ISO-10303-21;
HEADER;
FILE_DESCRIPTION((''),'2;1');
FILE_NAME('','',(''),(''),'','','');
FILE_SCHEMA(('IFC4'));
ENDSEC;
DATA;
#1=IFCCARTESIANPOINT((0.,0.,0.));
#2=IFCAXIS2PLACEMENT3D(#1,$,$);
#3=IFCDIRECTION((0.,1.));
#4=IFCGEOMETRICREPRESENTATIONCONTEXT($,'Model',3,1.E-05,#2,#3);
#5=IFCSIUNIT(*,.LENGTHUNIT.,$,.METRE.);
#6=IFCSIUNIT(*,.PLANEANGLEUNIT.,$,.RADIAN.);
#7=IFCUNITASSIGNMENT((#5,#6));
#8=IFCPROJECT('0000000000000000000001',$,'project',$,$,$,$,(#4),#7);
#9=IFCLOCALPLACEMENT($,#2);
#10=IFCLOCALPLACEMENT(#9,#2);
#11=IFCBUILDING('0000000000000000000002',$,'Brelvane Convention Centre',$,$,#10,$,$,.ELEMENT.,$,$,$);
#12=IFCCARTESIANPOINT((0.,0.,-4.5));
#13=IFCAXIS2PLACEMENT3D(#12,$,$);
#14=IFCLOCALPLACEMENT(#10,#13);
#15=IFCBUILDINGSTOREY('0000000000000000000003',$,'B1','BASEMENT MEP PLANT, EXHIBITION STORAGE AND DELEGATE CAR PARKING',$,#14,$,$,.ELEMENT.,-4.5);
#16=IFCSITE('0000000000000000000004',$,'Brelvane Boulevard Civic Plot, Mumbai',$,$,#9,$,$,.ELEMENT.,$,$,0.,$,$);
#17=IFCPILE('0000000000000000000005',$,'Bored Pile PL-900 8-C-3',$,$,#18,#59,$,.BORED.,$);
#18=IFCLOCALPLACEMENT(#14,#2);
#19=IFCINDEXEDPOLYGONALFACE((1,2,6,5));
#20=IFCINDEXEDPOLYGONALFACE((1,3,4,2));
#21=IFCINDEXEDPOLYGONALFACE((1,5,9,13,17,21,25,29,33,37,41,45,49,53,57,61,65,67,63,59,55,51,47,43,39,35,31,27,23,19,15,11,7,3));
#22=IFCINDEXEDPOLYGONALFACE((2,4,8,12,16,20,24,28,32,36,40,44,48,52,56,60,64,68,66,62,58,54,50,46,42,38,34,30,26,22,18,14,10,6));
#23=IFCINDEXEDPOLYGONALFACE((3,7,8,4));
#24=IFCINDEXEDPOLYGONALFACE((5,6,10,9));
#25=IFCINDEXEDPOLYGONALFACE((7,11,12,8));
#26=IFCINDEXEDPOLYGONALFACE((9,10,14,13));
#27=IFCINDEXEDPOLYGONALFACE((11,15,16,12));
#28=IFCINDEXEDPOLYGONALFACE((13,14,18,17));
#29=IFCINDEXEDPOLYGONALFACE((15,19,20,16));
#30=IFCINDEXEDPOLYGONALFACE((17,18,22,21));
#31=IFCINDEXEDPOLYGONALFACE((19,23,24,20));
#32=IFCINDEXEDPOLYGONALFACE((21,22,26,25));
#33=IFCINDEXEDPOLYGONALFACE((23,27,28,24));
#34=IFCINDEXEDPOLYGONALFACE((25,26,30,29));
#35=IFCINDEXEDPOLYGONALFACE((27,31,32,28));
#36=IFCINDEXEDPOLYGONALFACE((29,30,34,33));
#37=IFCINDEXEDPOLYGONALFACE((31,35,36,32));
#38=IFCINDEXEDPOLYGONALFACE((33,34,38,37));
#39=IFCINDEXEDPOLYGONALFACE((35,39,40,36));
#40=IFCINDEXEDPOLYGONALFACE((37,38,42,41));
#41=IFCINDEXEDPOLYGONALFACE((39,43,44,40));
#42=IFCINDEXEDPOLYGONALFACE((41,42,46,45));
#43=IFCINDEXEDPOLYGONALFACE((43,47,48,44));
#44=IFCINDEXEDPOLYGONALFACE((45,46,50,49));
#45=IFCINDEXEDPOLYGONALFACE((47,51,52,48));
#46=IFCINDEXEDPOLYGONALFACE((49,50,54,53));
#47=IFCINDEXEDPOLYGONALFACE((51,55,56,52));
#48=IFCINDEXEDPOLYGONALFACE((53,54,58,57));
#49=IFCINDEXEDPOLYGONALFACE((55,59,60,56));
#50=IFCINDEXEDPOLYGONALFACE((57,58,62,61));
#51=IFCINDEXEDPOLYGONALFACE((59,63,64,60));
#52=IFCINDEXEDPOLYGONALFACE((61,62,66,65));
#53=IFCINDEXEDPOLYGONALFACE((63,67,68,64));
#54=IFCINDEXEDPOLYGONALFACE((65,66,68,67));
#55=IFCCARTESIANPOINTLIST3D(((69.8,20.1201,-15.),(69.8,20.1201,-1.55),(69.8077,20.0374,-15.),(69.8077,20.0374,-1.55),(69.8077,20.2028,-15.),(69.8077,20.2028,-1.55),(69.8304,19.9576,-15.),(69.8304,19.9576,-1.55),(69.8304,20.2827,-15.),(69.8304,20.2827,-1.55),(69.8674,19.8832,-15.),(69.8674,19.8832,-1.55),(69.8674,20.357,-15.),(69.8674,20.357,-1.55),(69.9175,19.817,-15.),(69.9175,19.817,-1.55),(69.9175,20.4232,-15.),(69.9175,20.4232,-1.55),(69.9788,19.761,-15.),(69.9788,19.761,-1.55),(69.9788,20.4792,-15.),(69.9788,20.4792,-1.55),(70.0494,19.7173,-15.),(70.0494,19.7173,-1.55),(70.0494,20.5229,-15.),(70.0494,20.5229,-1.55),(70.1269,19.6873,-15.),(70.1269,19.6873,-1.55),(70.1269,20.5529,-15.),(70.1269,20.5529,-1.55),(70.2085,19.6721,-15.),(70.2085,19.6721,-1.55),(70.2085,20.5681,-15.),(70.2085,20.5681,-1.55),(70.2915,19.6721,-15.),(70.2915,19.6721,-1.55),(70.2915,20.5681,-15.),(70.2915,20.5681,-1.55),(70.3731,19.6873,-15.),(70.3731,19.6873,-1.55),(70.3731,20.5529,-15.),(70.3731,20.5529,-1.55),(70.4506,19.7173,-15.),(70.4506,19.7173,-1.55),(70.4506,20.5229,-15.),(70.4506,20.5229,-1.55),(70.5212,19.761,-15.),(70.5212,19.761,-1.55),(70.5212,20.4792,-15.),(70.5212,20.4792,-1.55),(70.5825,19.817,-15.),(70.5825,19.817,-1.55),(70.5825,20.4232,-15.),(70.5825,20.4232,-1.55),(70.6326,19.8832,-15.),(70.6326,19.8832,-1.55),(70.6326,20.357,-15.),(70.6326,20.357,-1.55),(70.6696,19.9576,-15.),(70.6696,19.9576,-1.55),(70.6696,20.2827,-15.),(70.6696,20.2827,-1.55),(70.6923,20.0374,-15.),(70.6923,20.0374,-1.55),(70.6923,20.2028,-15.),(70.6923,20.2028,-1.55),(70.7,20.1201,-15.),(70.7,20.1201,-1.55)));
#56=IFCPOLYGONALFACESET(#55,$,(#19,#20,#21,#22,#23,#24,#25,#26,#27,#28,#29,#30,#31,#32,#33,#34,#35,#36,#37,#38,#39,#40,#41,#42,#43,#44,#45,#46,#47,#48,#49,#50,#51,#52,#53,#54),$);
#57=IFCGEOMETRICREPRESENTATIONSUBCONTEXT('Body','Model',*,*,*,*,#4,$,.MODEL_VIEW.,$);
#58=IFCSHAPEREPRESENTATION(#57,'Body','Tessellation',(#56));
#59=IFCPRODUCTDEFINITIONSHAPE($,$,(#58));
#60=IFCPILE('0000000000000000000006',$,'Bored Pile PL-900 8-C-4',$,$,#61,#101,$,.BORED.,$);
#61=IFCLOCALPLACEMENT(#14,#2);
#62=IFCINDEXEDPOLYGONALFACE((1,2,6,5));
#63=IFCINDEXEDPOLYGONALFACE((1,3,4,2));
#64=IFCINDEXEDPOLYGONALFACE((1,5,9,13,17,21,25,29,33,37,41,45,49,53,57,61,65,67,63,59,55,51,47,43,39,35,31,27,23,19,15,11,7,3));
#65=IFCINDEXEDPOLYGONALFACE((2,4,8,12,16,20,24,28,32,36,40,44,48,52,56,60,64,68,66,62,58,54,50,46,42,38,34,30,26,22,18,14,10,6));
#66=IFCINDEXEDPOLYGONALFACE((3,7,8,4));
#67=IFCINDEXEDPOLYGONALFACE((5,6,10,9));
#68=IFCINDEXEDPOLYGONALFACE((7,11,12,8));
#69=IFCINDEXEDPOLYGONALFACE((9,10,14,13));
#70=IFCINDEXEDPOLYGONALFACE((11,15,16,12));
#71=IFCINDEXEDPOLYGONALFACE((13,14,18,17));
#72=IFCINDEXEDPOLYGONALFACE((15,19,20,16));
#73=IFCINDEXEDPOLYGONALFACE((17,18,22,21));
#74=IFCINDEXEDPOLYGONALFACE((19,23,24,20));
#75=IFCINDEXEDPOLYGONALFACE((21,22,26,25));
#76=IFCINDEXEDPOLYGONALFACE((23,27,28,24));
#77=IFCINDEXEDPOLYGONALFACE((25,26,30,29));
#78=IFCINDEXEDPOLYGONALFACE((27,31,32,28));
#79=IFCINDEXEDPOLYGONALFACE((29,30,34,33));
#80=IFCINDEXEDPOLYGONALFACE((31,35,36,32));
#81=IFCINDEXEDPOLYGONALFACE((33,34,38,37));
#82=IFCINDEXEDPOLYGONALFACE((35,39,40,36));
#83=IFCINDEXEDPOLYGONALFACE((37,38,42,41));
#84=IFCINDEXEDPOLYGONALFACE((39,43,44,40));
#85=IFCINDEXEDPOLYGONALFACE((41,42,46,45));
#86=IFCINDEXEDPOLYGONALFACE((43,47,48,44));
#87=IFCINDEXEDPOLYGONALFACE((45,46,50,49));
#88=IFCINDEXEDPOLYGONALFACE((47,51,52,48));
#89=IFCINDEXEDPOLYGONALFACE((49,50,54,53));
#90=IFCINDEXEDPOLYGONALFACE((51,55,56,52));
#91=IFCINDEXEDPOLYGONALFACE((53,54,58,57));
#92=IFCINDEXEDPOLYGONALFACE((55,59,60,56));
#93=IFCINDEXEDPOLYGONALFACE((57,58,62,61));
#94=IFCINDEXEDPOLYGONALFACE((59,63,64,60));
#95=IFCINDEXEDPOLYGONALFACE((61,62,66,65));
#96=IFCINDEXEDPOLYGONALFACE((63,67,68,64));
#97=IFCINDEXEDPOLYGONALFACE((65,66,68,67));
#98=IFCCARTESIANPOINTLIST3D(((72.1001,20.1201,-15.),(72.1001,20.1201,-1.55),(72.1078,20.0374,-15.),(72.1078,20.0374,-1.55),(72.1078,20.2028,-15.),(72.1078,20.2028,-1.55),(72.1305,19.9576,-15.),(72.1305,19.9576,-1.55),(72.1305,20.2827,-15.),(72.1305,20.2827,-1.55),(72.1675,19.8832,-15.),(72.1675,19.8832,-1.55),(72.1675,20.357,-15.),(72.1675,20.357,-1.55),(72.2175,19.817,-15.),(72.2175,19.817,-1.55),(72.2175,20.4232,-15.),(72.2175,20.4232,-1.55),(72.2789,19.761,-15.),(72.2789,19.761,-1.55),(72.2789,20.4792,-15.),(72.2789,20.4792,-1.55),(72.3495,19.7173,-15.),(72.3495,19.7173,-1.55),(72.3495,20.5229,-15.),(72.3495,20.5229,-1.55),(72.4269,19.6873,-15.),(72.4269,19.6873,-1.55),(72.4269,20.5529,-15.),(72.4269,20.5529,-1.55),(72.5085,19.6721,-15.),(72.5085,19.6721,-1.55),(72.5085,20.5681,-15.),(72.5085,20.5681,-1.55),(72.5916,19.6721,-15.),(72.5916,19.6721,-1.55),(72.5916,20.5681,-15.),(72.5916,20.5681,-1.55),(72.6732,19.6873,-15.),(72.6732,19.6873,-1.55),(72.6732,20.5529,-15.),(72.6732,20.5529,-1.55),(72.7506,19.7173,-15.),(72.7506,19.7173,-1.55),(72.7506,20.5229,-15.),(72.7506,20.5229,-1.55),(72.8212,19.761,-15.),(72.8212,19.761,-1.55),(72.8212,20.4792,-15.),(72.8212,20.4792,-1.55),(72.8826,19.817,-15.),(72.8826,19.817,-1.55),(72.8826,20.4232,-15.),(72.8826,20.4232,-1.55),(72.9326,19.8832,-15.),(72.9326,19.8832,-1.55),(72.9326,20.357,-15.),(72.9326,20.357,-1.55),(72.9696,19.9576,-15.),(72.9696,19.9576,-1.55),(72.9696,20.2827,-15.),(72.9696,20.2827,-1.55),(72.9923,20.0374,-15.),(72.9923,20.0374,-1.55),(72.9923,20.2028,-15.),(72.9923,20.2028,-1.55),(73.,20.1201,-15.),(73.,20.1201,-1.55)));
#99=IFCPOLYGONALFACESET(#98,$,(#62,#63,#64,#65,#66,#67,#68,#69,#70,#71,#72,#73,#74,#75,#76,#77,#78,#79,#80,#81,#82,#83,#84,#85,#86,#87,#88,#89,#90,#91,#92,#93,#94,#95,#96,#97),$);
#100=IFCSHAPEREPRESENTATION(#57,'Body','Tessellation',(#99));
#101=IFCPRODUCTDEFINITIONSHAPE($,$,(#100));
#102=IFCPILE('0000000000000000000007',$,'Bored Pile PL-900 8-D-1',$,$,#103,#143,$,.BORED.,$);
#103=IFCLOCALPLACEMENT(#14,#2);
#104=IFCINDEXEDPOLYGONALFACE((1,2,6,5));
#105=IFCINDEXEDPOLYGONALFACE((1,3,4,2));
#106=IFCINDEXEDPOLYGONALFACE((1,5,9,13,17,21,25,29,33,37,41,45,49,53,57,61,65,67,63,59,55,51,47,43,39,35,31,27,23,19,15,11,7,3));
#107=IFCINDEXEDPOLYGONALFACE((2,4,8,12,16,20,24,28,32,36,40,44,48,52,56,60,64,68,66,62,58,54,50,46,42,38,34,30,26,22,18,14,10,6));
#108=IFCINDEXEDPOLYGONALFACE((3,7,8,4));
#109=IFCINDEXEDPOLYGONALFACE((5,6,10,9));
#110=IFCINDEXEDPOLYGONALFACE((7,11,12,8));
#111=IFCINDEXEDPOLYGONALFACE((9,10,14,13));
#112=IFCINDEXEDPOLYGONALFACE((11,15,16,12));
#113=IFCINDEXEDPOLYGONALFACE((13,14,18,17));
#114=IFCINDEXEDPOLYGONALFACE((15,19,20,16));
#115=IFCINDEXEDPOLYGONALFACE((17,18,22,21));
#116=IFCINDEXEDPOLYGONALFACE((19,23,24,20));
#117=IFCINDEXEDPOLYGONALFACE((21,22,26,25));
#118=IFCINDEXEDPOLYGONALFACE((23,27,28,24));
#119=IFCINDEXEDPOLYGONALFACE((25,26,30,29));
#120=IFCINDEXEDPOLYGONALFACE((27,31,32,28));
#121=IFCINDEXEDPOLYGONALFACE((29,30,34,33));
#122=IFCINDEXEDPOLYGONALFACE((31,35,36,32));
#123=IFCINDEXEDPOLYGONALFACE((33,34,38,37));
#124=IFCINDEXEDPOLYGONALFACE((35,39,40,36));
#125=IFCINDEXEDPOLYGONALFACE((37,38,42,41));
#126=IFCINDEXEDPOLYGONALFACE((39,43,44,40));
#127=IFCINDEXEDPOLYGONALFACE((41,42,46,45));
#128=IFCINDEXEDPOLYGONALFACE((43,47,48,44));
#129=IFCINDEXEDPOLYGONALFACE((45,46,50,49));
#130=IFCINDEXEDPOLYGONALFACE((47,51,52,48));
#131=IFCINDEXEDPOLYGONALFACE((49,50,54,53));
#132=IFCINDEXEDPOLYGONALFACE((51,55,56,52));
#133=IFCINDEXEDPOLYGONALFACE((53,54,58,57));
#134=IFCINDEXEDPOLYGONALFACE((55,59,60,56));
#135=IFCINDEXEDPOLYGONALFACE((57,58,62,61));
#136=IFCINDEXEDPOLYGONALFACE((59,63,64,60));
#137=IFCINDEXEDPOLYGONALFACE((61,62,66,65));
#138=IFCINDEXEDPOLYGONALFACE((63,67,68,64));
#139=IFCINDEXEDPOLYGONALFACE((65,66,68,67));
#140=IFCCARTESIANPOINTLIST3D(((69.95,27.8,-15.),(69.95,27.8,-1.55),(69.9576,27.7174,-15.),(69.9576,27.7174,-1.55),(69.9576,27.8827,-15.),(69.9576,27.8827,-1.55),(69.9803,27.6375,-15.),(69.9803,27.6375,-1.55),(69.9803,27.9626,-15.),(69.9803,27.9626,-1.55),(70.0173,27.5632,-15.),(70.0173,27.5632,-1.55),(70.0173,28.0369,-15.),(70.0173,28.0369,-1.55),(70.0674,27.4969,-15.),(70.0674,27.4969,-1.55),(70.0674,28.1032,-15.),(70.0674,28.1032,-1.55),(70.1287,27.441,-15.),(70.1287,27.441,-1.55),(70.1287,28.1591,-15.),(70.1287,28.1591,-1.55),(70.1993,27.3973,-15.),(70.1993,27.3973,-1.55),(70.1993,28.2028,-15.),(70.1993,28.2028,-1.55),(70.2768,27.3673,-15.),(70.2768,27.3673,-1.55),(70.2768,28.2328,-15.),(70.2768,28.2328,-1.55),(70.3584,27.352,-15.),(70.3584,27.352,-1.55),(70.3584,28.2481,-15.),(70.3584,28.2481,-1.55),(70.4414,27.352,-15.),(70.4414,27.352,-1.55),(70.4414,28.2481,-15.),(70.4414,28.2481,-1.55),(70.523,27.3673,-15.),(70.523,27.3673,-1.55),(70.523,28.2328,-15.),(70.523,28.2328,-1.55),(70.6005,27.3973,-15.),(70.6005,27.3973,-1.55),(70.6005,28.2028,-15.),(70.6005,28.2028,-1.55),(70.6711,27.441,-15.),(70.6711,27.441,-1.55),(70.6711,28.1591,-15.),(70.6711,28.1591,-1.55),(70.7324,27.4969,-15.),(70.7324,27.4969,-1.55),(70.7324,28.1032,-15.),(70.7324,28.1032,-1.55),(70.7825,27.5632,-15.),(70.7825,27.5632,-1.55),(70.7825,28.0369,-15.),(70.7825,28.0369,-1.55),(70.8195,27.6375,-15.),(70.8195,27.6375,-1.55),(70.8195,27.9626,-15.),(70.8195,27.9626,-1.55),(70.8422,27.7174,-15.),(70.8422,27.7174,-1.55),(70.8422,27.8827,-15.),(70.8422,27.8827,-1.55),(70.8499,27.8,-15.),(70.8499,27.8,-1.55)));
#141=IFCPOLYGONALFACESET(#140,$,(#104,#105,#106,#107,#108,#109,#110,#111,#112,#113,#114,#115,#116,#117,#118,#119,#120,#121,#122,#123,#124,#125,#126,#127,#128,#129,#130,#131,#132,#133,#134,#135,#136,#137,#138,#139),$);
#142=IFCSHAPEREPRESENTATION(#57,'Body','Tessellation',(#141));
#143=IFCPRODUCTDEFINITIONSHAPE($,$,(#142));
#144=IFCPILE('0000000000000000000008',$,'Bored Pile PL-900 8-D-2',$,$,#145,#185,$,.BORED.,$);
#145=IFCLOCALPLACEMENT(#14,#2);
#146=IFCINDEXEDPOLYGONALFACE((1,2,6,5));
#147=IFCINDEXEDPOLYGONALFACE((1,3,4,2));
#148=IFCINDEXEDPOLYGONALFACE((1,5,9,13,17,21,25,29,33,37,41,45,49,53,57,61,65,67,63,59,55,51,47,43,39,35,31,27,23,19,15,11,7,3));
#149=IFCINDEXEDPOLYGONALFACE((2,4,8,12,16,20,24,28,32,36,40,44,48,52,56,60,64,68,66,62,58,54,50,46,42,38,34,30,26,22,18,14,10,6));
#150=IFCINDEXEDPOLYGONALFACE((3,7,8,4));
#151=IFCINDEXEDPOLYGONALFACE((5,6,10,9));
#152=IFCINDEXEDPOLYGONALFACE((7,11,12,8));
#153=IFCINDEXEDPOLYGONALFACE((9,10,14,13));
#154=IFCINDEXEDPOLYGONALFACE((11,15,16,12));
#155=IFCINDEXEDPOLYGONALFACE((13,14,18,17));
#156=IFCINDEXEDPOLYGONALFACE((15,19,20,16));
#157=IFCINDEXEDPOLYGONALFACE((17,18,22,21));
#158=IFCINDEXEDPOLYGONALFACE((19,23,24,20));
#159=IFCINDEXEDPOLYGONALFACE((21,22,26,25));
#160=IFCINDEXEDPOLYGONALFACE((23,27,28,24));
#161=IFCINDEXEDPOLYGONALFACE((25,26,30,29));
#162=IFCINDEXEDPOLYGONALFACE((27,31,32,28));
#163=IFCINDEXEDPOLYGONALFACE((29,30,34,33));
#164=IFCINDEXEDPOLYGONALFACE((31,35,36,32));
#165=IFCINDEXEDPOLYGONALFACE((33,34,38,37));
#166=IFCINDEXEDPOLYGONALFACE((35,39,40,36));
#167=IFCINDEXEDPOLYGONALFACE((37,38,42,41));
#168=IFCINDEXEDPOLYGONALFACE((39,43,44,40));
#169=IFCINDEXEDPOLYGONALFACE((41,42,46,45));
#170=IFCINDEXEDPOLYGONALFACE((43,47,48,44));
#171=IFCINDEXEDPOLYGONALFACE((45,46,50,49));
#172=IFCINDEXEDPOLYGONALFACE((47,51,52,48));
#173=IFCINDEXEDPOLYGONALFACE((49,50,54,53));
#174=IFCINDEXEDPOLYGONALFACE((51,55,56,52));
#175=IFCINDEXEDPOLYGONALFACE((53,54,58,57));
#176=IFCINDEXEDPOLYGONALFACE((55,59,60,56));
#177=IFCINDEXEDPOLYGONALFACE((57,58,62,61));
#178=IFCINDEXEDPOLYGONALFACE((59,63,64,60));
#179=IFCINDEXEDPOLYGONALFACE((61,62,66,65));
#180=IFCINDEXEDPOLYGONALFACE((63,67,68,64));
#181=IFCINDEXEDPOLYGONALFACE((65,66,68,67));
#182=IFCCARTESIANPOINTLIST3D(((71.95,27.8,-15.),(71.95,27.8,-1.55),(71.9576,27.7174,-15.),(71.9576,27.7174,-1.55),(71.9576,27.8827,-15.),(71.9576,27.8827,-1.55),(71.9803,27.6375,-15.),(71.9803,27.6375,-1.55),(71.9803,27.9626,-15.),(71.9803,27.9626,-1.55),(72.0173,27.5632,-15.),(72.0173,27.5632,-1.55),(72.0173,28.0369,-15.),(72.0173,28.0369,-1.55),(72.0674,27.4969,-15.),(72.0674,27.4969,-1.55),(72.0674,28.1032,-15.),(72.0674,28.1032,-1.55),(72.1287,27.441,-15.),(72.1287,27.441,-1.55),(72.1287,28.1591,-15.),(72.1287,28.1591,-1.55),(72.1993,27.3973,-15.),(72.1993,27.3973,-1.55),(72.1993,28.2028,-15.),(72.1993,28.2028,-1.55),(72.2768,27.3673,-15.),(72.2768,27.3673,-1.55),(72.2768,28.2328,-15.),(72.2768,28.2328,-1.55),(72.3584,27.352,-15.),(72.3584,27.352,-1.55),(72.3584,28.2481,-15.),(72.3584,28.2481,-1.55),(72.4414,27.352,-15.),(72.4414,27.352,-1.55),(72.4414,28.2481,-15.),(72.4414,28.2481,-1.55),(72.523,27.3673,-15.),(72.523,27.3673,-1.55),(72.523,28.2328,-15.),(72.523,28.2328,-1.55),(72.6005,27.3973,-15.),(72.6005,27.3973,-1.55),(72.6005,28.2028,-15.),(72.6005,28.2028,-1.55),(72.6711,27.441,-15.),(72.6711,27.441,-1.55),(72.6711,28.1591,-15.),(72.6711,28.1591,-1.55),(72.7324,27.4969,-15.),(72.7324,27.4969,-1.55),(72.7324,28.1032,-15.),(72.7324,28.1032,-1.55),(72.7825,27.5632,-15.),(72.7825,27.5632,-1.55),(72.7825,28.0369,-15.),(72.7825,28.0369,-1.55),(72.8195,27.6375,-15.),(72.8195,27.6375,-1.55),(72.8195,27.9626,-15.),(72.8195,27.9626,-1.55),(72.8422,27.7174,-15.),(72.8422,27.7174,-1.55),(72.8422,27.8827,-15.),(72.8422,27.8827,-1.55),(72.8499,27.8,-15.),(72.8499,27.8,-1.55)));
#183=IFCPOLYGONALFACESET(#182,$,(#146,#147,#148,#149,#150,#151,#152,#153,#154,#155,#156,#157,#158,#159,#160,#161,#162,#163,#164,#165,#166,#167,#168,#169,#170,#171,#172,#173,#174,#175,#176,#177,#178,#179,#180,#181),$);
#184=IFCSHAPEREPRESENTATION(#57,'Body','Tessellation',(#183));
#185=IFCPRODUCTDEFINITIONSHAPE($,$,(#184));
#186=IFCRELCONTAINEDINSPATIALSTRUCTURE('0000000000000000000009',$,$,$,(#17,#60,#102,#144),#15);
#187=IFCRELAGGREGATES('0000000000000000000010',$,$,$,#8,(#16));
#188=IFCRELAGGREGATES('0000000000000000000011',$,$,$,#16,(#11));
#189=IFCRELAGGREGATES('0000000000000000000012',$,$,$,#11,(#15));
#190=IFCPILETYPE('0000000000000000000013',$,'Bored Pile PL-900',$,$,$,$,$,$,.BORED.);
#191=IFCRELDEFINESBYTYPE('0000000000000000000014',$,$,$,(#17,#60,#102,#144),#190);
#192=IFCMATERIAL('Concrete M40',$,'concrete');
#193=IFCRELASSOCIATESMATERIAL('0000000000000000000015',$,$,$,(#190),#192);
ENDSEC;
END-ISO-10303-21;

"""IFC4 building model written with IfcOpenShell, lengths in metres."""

from ifc_helpers import new_model, si_unit, direction, frame, origin, origin_2d, place, context, subcontext, project, spatial, circle, extrude, material, material_profile, profile_set, type_object, element, save


model = new_model("IFC4")

# Units and contexts
model_context = context("Model", 3, precision=1e-05, world=origin(), true_north=direction((0.0, 1.0)))
body_context = subcontext(model_context, "Body", "Model", "MODEL_VIEW")
ifc_project = project(units=[si_unit("LENGTHUNIT", "METRE"), si_unit("PLANEANGLEUNIT", "RADIAN")], contexts=[model_context])

# Site, building, storey
site_placement = place(None, origin())
site = spatial("IfcSite", under=ifc_project, at=site_placement, Name="Brelvane Boulevard Civic Plot, Mumbai", CompositionType="ELEMENT", RefElevation=0.0)
building_placement = place(site_placement, origin())
building = spatial("IfcBuilding", under=site, at=building_placement, Name="Brelvane Convention Centre", CompositionType="ELEMENT")
storey_placement = place(building_placement, frame((0.0, 0.0, -4.5)))
storey = spatial("IfcBuildingStorey", under=building, at=storey_placement, Name="B1", Description="BASEMENT MEP PLANT, EXHIBITION STORAGE AND DELEGATE CAR PARKING", CompositionType="ELEMENT", Elevation=-4.5)

# Piles
ifc_material_1 = material(Name="Concrete M40", Category="concrete")
ifc_material_profile_1 = material_profile(ifc_material_1, circle(Radius=0.45, at=origin_2d()), Name="PILE D900")
ifc_profile_set_1 = profile_set([ifc_material_profile_1], Name="Concrete M40")
pile_type = type_object("IfcPileType", Name="Bored Pile PL-900", PredefinedType="BORED", material=ifc_profile_set_1)
for number, where, z_axis, x_axis, name in (
    (1, (70.25, 20.1201, -1.55), (0.0, 0.0, -1.0), (1.0, 0.0, 0.0), "Bored Pile PL-900 8-C-3"),
    (2, (72.55, 20.1201, -1.55), (0.0, 0.0, -1.0), (1.0, 0.0, 0.0), "Bored Pile PL-900 8-C-4"),
    (3, (70.3999, 27.8, -1.55), (0.0, 0.0, -1.0), (1.0, 0.0, 0.0), "Bored Pile PL-900 8-D-1"),
    (4, (72.3999, 27.8, -1.55), (0.0, 0.0, -1.0), (1.0, 0.0, 0.0), "Bored Pile PL-900 8-D-2"),
):
    element("IfcPile", number, at=place(storey_placement, frame(where, z_axis=z_axis, x_axis=x_axis)), inside=storey, type_object=pile_type, Name=name, PredefinedType="BORED", context=body_context, shape_type="SweptSolid", body=[
        extrude(circle(Radius=0.45, at=origin_2d()), origin(), (0.0, 0.0, 1.0), 13.45),
    ])

save(model, "model.ifc")
